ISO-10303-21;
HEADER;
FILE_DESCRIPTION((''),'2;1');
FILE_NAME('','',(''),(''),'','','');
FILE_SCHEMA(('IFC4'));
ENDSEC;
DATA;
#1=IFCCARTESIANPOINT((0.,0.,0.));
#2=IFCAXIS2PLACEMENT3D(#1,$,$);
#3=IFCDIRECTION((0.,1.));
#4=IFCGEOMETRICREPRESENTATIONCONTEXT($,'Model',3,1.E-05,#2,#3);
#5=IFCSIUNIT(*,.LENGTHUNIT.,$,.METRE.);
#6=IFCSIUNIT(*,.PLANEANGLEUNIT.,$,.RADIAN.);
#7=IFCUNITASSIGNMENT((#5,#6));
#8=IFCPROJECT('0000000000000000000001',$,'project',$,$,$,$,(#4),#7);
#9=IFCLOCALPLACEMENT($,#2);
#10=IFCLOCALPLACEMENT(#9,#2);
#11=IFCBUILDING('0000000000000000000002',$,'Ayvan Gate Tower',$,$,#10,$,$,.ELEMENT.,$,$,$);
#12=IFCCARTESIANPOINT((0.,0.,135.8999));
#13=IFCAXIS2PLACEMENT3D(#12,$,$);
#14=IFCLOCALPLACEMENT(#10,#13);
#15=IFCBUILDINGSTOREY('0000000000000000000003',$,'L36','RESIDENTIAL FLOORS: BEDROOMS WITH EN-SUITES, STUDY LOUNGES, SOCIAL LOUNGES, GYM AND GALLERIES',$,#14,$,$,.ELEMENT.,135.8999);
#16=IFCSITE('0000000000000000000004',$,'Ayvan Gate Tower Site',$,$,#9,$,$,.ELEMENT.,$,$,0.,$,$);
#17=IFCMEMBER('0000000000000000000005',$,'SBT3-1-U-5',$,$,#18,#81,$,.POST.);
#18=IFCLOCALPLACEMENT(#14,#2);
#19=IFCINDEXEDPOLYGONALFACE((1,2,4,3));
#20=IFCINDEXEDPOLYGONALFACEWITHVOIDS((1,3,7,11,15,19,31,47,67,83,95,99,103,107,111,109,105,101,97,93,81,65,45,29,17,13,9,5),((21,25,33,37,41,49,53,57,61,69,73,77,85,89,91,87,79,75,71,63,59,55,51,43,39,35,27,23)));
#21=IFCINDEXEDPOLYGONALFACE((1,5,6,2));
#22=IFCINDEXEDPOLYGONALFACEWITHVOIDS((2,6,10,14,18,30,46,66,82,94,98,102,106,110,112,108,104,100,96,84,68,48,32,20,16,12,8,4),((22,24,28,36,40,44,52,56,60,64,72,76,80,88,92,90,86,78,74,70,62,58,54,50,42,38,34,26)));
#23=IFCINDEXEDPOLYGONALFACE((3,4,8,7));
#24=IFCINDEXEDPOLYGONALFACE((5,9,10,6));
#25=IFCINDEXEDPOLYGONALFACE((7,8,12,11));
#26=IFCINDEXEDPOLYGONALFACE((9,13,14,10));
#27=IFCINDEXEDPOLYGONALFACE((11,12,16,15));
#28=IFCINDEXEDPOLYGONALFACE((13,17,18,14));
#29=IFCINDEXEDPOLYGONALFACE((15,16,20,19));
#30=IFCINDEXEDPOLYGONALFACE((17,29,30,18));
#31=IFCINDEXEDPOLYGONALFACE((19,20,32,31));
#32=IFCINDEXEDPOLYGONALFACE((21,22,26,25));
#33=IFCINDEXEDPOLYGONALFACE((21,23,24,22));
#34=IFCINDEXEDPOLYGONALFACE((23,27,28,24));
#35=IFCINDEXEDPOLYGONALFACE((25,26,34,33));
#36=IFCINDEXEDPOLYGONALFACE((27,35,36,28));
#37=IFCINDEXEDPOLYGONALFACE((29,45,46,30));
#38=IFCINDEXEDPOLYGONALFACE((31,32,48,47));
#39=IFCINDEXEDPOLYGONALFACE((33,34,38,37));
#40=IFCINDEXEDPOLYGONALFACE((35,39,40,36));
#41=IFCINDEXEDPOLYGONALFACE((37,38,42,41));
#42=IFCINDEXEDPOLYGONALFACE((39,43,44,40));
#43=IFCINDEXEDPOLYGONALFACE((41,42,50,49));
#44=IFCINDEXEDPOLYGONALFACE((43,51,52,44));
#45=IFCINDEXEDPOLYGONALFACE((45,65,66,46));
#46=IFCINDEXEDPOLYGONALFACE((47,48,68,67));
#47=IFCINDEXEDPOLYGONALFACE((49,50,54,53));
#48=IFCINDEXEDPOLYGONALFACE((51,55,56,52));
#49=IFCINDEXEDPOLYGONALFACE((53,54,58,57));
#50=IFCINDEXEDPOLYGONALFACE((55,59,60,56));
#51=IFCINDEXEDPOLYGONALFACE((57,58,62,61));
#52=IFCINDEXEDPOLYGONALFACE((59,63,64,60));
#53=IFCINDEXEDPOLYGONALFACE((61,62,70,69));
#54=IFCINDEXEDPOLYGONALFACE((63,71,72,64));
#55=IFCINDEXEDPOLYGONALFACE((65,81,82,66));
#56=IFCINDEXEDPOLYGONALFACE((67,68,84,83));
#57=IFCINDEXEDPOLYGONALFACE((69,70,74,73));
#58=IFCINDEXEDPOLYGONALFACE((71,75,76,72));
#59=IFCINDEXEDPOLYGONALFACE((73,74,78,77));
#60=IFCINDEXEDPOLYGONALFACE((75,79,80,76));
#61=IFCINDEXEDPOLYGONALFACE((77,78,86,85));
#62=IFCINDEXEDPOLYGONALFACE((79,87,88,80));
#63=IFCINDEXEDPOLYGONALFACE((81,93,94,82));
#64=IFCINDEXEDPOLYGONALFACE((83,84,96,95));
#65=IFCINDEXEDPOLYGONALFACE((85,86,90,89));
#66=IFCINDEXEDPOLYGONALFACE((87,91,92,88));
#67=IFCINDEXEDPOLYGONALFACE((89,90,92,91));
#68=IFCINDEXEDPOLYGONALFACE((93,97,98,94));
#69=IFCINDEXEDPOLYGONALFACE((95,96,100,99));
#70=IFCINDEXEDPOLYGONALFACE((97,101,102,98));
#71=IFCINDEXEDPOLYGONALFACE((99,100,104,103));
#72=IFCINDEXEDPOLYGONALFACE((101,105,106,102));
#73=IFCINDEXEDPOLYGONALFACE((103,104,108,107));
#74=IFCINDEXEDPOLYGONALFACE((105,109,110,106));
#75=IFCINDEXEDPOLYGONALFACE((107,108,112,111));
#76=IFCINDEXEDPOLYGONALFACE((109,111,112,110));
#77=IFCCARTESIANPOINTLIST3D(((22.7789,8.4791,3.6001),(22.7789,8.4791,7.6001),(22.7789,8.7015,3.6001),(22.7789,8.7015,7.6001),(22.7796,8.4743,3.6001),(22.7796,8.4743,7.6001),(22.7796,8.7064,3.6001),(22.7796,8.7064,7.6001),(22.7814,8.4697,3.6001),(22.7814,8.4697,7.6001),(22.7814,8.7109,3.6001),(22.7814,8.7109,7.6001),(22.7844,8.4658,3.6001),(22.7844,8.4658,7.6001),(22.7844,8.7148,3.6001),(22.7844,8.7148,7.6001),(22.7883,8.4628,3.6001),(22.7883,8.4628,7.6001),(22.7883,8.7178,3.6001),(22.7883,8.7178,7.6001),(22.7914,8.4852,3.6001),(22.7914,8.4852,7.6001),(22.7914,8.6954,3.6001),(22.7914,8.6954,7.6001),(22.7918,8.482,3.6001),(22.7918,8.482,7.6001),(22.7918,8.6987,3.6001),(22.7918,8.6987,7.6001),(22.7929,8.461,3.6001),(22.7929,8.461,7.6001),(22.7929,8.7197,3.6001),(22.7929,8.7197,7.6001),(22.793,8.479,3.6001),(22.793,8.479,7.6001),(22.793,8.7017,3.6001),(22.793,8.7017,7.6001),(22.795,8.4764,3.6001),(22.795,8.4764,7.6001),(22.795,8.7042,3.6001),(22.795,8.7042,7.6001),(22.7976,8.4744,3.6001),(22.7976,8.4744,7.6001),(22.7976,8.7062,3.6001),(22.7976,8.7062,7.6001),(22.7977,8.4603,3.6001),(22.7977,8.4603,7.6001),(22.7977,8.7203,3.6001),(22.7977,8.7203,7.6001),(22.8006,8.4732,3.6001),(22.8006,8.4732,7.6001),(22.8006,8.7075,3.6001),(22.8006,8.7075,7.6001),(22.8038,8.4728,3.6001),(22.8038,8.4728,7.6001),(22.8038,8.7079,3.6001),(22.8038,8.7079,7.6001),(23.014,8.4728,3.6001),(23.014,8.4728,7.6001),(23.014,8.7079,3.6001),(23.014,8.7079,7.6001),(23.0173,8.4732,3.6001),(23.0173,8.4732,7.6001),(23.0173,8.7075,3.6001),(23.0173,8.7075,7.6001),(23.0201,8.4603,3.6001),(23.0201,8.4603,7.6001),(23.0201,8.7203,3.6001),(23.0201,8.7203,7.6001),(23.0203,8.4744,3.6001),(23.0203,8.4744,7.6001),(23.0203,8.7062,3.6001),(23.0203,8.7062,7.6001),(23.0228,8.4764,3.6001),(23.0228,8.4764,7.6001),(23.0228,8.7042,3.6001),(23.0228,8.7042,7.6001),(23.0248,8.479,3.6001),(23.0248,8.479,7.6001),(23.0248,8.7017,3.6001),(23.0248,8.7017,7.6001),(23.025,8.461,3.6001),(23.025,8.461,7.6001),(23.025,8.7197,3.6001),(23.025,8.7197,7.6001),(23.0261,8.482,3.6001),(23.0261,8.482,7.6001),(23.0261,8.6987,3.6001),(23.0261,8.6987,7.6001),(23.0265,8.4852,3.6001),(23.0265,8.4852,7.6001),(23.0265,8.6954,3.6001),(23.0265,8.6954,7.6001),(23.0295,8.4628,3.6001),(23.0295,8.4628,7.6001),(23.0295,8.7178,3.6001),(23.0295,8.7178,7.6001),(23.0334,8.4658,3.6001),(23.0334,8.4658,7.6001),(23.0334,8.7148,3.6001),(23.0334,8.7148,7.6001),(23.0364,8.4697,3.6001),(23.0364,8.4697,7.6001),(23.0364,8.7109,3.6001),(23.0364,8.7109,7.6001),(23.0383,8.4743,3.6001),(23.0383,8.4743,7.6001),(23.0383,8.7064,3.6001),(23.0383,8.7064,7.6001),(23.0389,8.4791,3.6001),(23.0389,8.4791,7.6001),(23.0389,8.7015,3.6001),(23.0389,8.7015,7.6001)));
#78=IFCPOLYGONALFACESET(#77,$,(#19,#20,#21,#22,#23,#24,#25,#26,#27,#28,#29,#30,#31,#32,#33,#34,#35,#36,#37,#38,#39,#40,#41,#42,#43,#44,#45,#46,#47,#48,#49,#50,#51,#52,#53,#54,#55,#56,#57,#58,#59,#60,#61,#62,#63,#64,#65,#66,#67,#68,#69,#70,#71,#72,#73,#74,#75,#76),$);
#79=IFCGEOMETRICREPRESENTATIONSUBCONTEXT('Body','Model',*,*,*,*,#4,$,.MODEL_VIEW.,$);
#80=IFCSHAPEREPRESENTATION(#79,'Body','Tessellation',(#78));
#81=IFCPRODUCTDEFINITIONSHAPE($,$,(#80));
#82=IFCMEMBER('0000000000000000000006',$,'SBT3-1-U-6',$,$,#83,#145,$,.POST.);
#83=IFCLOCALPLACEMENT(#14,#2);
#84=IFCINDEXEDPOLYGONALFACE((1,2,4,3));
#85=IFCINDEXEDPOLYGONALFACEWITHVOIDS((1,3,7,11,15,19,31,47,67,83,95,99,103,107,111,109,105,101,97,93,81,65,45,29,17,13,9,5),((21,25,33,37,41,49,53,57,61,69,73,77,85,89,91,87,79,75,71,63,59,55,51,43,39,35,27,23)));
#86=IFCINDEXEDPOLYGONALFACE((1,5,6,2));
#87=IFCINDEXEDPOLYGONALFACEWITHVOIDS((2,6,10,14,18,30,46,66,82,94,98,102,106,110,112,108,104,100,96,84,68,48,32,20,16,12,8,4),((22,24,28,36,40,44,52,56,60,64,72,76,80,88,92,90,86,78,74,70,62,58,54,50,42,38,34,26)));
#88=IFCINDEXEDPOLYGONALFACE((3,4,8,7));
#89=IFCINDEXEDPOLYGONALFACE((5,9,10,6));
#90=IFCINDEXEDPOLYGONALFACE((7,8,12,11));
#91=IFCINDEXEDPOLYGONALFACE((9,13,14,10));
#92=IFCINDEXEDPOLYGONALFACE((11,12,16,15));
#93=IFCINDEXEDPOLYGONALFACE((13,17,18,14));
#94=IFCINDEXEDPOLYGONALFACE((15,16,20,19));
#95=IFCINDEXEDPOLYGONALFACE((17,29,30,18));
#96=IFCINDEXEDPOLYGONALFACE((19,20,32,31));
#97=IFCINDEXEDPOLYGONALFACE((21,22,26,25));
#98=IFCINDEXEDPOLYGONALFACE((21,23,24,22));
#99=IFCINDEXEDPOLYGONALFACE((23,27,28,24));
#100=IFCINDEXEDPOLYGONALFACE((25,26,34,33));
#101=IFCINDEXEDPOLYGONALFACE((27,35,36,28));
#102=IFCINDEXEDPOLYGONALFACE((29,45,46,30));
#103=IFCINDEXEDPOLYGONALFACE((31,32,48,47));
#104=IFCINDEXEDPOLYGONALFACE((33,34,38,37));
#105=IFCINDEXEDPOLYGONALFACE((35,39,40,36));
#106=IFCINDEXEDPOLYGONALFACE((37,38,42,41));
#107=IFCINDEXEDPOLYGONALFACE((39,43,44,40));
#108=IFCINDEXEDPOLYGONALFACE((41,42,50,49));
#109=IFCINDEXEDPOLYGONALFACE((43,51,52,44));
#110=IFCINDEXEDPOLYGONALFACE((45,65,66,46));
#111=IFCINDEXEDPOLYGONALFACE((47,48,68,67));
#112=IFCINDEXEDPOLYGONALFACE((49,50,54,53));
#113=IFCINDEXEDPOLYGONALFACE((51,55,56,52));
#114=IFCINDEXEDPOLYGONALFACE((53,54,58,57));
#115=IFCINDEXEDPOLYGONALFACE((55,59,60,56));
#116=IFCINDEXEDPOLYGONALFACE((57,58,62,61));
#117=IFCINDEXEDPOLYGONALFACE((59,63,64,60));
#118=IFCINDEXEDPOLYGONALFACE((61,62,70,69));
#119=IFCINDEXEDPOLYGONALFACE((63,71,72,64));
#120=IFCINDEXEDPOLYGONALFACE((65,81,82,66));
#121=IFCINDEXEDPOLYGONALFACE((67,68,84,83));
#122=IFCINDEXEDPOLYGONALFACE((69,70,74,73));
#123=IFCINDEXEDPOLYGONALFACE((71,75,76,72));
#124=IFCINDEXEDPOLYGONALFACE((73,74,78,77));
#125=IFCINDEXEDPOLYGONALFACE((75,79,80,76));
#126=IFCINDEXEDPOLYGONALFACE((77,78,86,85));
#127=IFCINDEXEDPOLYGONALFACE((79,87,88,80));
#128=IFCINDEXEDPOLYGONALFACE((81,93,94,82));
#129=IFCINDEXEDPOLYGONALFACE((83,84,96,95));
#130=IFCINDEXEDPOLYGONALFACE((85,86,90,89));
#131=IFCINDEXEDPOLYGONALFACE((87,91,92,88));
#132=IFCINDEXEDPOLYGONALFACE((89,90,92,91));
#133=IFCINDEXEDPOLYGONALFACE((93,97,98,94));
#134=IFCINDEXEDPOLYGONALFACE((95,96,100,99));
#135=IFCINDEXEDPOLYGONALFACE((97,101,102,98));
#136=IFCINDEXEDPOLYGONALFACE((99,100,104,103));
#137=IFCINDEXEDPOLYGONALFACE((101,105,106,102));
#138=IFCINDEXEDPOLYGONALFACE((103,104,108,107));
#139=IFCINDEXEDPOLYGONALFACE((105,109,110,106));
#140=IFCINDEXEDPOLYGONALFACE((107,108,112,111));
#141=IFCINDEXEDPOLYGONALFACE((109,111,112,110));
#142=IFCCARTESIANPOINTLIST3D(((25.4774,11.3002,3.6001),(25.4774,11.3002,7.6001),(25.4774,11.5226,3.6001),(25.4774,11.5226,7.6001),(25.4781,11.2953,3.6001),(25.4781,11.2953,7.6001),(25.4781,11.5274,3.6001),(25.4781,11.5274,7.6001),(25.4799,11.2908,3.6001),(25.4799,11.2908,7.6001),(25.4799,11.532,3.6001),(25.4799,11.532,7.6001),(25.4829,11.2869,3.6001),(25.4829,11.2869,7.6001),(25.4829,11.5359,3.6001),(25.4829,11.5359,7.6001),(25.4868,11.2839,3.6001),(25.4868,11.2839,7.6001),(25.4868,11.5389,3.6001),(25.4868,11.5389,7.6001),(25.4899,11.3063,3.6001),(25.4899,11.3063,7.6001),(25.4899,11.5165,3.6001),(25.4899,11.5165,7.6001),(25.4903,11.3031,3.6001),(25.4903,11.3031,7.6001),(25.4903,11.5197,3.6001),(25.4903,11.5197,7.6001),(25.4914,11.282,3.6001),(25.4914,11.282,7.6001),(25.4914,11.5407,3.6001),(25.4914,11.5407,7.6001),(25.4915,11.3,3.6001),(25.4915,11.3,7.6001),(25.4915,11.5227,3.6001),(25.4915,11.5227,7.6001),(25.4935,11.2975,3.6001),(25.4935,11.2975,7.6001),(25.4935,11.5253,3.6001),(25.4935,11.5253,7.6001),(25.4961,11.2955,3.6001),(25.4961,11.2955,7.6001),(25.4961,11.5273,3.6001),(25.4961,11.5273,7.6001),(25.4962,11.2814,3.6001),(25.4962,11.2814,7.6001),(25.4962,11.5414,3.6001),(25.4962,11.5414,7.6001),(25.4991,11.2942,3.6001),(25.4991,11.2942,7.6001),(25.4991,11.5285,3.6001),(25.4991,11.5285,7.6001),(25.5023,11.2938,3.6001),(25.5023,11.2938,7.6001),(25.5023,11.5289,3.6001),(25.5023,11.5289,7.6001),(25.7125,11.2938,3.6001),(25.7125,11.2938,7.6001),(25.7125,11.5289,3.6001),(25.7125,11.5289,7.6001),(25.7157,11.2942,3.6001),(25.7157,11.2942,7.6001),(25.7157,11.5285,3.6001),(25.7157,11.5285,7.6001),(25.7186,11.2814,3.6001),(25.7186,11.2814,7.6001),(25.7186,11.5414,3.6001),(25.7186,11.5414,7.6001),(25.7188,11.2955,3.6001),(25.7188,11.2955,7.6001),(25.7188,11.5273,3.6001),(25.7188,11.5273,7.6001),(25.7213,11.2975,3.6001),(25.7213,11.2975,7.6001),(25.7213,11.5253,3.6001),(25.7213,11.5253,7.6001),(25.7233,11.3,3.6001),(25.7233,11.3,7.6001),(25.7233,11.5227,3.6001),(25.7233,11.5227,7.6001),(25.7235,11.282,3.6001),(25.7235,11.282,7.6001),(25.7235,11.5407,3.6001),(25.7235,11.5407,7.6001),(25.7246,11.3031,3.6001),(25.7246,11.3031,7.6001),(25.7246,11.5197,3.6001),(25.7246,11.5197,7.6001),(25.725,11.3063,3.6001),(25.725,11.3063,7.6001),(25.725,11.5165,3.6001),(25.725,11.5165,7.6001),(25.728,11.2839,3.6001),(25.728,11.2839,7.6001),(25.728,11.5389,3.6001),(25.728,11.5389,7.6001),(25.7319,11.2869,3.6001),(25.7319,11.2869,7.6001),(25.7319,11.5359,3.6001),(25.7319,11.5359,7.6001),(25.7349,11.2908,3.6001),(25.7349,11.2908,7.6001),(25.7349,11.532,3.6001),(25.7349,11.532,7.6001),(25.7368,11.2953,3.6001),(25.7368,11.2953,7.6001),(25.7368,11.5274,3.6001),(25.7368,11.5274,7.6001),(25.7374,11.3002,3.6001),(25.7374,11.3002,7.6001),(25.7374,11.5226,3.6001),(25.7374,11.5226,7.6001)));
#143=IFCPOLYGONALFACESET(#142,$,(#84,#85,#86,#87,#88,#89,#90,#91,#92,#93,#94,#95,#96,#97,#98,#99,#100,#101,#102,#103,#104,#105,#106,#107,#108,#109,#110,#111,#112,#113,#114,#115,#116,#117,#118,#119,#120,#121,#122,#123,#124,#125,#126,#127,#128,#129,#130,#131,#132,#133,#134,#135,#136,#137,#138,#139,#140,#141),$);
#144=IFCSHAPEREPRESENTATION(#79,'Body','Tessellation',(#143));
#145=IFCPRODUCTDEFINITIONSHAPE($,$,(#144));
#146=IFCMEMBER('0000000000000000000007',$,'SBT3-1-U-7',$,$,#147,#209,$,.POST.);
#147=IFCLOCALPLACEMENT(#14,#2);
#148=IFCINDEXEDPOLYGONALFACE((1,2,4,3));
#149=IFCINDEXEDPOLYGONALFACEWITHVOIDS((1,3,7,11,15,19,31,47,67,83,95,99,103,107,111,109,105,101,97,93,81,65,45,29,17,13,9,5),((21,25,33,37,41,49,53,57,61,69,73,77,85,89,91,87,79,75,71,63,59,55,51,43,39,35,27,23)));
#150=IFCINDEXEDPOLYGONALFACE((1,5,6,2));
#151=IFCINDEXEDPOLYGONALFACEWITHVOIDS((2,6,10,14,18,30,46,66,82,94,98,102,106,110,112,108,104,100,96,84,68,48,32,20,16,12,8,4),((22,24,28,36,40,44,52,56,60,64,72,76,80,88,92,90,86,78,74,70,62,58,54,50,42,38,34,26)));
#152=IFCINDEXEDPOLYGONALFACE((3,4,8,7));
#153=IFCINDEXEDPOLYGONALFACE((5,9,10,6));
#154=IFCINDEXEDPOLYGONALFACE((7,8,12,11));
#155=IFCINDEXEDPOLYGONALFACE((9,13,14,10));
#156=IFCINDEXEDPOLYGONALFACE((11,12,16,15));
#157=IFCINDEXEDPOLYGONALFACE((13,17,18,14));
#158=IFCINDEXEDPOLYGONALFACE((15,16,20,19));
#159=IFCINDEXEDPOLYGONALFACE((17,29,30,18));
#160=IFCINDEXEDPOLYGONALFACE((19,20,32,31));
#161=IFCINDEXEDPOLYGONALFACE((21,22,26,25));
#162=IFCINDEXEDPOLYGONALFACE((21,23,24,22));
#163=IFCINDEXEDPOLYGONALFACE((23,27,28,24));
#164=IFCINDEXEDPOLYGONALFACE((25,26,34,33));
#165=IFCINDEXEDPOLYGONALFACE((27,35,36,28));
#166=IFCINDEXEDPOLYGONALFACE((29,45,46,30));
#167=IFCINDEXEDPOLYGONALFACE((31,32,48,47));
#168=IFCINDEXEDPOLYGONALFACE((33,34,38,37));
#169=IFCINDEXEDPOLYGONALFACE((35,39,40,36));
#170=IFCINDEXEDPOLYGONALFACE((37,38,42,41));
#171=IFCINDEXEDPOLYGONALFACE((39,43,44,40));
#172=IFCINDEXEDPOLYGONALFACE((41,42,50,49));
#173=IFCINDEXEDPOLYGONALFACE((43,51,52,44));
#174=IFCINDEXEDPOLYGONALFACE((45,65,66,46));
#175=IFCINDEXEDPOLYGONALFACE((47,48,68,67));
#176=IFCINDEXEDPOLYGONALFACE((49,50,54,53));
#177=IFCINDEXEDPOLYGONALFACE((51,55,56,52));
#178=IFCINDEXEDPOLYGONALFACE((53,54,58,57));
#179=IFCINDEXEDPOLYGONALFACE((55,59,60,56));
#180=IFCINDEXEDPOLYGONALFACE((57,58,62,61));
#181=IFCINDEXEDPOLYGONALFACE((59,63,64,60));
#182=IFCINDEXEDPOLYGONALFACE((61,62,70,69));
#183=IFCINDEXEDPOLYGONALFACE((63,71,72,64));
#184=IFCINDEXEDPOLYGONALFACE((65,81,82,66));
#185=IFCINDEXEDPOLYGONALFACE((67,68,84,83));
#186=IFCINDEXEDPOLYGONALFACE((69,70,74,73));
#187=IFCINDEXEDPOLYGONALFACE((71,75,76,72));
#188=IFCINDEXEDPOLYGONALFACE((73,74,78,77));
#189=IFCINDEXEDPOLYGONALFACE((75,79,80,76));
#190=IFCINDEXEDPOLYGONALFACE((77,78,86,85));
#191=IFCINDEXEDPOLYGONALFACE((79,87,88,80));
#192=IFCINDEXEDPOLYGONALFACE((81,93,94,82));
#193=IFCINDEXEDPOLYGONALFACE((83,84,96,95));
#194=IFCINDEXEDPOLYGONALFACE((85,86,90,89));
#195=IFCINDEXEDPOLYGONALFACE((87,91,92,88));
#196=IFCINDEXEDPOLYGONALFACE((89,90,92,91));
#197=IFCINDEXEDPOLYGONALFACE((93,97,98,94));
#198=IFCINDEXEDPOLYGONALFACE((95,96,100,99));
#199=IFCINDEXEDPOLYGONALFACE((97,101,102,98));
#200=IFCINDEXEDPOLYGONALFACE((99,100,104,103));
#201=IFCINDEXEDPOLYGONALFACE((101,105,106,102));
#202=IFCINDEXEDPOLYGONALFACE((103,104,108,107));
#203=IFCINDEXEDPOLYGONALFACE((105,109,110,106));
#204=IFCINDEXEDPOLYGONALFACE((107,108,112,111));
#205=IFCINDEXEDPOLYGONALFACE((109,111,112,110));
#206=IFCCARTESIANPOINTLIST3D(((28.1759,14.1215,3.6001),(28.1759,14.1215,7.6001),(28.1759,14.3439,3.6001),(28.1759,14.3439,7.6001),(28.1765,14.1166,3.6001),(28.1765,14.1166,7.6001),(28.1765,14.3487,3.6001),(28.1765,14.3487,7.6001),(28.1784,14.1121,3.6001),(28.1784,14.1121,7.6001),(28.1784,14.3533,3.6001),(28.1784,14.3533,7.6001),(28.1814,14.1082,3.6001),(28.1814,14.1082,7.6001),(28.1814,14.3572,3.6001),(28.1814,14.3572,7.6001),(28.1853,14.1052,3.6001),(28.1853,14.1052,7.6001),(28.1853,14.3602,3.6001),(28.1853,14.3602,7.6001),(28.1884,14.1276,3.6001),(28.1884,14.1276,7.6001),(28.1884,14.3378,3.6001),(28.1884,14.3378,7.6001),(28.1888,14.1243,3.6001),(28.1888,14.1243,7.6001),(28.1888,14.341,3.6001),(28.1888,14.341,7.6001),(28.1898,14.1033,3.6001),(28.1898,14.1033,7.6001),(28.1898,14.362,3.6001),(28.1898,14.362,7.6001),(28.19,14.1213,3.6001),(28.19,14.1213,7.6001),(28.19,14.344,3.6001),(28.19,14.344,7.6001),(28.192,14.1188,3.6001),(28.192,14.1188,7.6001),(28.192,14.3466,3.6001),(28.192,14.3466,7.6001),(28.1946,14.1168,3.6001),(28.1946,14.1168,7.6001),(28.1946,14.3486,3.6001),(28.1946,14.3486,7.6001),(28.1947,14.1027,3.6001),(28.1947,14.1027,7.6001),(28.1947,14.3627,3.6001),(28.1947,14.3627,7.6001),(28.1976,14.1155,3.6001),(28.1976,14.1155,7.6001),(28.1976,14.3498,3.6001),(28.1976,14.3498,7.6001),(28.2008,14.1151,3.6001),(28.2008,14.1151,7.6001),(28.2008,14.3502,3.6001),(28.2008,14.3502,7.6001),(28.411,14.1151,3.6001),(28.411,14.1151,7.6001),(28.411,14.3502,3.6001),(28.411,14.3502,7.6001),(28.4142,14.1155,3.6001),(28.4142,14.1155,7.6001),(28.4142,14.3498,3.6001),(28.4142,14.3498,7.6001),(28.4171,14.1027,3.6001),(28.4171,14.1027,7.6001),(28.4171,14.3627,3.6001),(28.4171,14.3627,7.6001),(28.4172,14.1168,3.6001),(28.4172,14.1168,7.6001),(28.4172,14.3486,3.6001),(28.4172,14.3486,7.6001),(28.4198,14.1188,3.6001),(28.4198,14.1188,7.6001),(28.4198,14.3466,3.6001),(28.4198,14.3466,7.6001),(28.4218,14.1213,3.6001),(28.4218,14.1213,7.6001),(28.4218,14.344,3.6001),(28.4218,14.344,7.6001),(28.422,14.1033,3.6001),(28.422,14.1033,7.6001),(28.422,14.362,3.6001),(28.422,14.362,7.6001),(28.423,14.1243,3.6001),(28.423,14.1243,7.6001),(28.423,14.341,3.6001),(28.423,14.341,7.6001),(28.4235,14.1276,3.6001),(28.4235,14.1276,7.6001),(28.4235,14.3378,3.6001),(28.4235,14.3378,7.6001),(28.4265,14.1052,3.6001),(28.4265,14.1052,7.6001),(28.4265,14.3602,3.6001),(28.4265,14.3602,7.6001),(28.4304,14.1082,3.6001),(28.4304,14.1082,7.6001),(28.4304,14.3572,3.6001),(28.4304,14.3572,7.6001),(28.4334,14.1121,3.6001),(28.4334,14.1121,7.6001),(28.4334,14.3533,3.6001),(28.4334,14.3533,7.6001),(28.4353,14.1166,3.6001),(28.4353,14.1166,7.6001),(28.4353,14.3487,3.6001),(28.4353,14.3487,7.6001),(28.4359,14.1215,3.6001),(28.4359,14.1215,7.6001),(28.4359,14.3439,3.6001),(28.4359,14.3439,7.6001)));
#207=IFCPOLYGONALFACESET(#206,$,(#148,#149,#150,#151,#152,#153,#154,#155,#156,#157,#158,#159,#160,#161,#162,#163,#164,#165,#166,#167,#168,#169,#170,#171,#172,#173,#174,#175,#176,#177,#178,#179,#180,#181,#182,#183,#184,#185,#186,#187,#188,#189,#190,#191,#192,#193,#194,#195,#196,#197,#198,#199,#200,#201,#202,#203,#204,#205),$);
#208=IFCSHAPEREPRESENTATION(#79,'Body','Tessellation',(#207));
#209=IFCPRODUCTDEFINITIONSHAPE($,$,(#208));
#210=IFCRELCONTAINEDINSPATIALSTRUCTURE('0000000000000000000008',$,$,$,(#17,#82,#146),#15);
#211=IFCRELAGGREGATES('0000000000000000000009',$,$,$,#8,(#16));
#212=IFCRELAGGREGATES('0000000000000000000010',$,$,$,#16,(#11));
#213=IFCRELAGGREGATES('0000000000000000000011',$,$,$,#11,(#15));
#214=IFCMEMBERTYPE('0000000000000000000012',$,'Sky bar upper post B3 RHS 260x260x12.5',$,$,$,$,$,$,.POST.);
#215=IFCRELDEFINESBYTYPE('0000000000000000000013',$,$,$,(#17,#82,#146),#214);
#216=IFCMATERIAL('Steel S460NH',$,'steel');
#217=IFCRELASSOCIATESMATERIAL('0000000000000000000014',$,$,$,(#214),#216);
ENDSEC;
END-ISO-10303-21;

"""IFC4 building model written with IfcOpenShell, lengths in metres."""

from ifc_helpers import new_model, si_unit, direction, frame, origin, origin_2d, place, context, subcontext, project, spatial, hollow_rectangle, extrude, material, material_profile, profile_set, type_object, element, save


model = new_model("IFC4")

# Units and contexts
model_context = context("Model", 3, precision=1e-05, world=origin(), true_north=direction((0.0, 1.0)))
body_context = subcontext(model_context, "Body", "Model", "MODEL_VIEW")
ifc_project = project(units=[si_unit("LENGTHUNIT", "METRE"), si_unit("PLANEANGLEUNIT", "RADIAN")], contexts=[model_context])

# Site, building, storey
site_placement = place(None, origin())
site = spatial("IfcSite", under=ifc_project, at=site_placement, Name="Ayvan Gate Tower Site", CompositionType="ELEMENT", RefElevation=0.0)
building_placement = place(site_placement, origin())
building = spatial("IfcBuilding", under=site, at=building_placement, Name="Ayvan Gate Tower", CompositionType="ELEMENT")
storey_placement = place(building_placement, frame((0.0, 0.0, 135.8999)))
storey = spatial("IfcBuildingStorey", under=building, at=storey_placement, Name="L36", Description="RESIDENTIAL FLOORS: BEDROOMS WITH EN-SUITES, STUDY LOUNGES, SOCIAL LOUNGES, GYM AND GALLERIES", CompositionType="ELEMENT", Elevation=135.8999)

# Members
ifc_material_1 = material(Name="Steel S460NH", Category="steel")
ifc_material_profile_1 = material_profile(ifc_material_1, hollow_rectangle(XDim=0.26, YDim=0.26, WallThickness=0.0125, InnerFilletRadius=0.0125, OuterFilletRadius=0.0188, at=origin_2d()), Name="RHS 260x260x12.5")
ifc_profile_set_1 = profile_set([ifc_material_profile_1], Name="Steel S460NH")
member_type_1 = type_object("IfcMemberType", Name="Sky bar upper post B3 RHS 260x260x12.5", PredefinedType="POST", material=ifc_profile_set_1)
for number, where, z_axis, x_axis, name in (
    (1, (22.9089, 8.5903, 3.6001), (0.0, 0.0, 1.0), (1.0, 0.0, 0.0), "SBT3-1-U-5"),
    (2, (25.6074, 11.4114, 3.6001), (0.0, 0.0, 1.0), (1.0, 0.0, 0.0), "SBT3-1-U-6"),
    (3, (28.3059, 14.2327, 3.6001), (0.0, 0.0, 1.0), (1.0, 0.0, 0.0), "SBT3-1-U-7"),
):
    element("IfcMember", number, at=place(storey_placement, frame(where, z_axis=z_axis, x_axis=x_axis)), inside=storey, type_object=member_type_1, Name=name, PredefinedType="POST", context=body_context, shape_type="SweptSolid", body=[
        extrude(hollow_rectangle(XDim=0.26, YDim=0.26, WallThickness=0.0125, InnerFilletRadius=0.0125, OuterFilletRadius=0.0188, at=origin_2d()), origin(), (0.0, 0.0, 1.0), 4.0),
    ])

save(model, "model.ifc")
